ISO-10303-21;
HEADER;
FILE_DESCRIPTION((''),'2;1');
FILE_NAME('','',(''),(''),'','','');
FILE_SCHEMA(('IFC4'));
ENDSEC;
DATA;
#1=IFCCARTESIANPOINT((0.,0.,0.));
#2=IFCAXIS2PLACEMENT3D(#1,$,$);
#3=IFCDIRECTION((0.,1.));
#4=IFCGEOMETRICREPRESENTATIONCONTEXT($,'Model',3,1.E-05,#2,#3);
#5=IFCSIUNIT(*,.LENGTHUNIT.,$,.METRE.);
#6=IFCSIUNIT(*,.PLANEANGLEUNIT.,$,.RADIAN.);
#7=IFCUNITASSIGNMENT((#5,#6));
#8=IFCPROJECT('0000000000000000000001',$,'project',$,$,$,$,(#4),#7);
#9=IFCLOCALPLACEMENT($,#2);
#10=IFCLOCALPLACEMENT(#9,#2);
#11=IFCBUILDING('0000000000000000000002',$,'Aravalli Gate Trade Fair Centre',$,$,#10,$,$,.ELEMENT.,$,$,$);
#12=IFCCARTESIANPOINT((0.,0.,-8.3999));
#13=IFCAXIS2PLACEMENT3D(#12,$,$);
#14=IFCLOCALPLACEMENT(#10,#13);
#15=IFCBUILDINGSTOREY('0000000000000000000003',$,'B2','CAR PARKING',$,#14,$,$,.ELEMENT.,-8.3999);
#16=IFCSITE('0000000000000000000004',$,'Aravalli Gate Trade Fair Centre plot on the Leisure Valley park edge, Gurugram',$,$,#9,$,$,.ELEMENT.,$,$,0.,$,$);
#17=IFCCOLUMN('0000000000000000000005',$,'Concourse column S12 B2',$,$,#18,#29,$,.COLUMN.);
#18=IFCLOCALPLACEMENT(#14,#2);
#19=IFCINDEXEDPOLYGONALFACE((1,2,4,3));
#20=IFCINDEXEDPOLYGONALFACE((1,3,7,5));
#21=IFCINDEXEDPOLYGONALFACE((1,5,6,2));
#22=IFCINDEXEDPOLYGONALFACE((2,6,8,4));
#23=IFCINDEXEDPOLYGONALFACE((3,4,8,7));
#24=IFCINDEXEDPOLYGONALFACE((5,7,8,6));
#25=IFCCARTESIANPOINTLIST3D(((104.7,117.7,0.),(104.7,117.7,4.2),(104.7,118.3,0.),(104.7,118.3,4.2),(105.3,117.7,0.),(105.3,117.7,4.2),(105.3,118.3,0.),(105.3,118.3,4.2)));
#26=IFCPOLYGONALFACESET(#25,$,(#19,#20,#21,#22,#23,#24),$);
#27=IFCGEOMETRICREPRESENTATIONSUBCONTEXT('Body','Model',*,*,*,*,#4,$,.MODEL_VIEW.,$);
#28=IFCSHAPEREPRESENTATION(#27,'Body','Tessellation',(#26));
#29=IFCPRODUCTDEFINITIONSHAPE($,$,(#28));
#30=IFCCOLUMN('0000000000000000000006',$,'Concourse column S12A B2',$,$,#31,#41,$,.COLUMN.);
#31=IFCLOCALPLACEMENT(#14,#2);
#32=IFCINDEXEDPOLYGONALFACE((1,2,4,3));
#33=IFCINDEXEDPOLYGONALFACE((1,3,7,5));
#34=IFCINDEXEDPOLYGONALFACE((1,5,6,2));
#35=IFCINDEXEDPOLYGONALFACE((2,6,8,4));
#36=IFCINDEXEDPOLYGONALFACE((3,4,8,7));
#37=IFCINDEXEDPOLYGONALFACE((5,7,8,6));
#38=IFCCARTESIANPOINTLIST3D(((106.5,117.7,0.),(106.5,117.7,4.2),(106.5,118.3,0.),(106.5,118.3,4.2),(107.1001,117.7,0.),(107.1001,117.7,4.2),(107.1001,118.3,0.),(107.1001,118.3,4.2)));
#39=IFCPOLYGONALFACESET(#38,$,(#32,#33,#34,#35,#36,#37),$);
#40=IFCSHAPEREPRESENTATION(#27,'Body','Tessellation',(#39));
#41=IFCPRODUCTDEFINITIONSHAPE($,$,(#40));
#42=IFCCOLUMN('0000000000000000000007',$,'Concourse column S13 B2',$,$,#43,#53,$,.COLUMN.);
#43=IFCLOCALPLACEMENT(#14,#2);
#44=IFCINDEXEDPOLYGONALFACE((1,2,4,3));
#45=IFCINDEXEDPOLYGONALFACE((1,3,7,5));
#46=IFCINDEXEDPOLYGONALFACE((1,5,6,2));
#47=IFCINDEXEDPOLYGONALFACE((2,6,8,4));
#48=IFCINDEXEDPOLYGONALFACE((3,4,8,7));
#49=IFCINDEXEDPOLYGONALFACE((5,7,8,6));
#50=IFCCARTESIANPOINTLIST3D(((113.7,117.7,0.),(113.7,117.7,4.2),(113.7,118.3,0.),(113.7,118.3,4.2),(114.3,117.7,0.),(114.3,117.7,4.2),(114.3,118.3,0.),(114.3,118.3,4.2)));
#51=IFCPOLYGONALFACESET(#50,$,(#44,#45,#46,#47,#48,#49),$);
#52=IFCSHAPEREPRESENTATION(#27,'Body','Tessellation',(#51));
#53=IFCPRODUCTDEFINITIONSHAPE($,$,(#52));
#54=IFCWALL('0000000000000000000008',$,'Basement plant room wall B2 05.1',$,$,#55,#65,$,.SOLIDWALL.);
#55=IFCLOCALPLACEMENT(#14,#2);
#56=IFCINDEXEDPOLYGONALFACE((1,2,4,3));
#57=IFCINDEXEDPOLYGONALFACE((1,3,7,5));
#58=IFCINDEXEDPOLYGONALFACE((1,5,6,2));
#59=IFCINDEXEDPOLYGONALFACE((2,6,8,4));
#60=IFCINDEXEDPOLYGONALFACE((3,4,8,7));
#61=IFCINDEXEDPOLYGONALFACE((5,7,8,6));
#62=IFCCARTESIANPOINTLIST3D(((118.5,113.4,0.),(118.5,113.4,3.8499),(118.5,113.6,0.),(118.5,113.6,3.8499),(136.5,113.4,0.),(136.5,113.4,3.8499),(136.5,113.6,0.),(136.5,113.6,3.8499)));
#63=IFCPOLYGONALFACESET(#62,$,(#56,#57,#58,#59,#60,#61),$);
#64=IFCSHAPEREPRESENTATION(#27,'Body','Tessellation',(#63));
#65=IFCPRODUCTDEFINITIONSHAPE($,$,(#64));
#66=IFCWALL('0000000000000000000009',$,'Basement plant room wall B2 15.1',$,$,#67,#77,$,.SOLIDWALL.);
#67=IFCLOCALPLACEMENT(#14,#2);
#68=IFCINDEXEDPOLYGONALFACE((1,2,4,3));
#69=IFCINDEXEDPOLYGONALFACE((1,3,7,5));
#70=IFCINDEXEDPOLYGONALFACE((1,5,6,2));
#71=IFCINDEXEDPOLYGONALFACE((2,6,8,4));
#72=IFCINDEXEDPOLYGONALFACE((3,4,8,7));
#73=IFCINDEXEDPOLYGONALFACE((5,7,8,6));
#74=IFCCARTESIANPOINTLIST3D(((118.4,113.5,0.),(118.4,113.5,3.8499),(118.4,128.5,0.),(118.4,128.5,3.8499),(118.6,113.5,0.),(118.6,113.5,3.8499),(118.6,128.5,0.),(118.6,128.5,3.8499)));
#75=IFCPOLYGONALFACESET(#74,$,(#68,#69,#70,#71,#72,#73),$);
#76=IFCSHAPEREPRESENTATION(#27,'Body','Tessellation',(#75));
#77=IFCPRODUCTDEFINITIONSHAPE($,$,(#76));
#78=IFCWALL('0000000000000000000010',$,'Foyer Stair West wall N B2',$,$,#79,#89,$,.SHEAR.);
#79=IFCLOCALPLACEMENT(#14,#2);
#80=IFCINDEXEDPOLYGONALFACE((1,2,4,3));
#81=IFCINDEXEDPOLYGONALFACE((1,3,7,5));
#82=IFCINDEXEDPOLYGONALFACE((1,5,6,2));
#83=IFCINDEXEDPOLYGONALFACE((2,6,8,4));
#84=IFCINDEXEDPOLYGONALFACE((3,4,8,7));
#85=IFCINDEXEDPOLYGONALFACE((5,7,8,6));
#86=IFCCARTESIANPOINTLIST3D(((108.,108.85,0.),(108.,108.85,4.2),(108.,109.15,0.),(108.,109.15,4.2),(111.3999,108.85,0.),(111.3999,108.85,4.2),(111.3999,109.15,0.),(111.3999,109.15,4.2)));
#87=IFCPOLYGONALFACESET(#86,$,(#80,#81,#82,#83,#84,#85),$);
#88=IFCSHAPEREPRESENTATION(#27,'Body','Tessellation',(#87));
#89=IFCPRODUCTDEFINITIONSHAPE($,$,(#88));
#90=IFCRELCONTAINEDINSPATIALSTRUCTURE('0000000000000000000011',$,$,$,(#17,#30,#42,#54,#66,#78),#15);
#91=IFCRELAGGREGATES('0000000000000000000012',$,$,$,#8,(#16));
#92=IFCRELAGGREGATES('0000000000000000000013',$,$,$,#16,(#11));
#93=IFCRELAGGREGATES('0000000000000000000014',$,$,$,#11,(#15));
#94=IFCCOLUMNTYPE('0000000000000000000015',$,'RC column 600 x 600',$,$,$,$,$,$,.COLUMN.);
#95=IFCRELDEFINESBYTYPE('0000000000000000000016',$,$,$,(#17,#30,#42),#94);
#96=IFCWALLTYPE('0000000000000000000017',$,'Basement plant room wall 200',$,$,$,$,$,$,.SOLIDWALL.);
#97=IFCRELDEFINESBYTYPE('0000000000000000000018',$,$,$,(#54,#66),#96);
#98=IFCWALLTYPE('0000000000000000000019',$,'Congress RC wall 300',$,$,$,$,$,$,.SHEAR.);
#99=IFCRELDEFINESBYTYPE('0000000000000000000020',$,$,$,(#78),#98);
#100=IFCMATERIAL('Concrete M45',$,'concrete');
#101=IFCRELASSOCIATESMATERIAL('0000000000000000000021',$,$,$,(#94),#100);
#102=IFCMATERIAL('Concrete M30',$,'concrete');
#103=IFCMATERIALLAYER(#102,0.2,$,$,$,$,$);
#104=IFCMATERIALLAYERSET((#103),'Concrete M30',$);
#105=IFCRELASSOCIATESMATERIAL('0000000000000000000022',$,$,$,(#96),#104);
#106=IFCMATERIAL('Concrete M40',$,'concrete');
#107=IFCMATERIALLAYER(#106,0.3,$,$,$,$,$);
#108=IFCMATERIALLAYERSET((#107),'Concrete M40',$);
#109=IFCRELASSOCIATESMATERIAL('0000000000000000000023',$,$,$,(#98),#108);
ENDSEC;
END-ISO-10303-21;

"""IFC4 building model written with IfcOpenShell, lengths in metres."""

from ifc_helpers import new_model, si_unit, direction, frame, frame_2d, origin, origin_2d, place, context, subcontext, project, spatial, rectangle, extrude, material, layer, layer_set, material_profile, profile_set, type_object, element, save


model = new_model("IFC4")

# Units and contexts
model_context = context("Model", 3, precision=1e-05, world=origin(), true_north=direction((0.0, 1.0)))
body_context = subcontext(model_context, "Body", "Model", "MODEL_VIEW")
ifc_project = project(units=[si_unit("LENGTHUNIT", "METRE"), si_unit("PLANEANGLEUNIT", "RADIAN")], contexts=[model_context])

# Site, building, storey
site_placement = place(None, origin())
site = spatial("IfcSite", under=ifc_project, at=site_placement, Name="Aravalli Gate Trade Fair Centre plot on the Leisure Valley park edge, Gurugram", CompositionType="ELEMENT", RefElevation=0.0)
building_placement = place(site_placement, origin())
building = spatial("IfcBuilding", under=site, at=building_placement, Name="Aravalli Gate Trade Fair Centre", CompositionType="ELEMENT")
storey_placement = place(building_placement, frame((0.0, 0.0, -8.3999)))
storey = spatial("IfcBuildingStorey", under=building, at=storey_placement, Name="B2", Description="CAR PARKING", CompositionType="ELEMENT", Elevation=-8.3999)

# Columns
ifc_material_1 = material(Name="Concrete M45", Category="concrete")
ifc_material_profile_1 = material_profile(ifc_material_1, rectangle(XDim=0.6001, YDim=0.6001, at=origin_2d()), Name="RC column 600 x 600")
ifc_profile_set_1 = profile_set([ifc_material_profile_1], Name="Concrete M45")
column_type_1 = type_object("IfcColumnType", Name="RC column 600 x 600", PredefinedType="COLUMN", material=ifc_profile_set_1)
for number, where, z_axis, x_axis, name in (
    (1, (105.0, 118.0, 0.0), (0.0, 0.0, 1.0), (1.0, 0.0, 0.0), "Concourse column S12 B2"),
    (2, (106.8, 118.0, 0.0), (0.0, 0.0, 1.0), (1.0, 0.0, 0.0), "Concourse column S12A B2"),
    (3, (114.0, 118.0, 0.0), (0.0, 0.0, 1.0), (1.0, 0.0, 0.0), "Concourse column S13 B2"),
):
    element("IfcColumn", number, at=place(storey_placement, frame(where, z_axis=z_axis, x_axis=x_axis)), inside=storey, type_object=column_type_1, Name=name, PredefinedType="COLUMN", context=body_context, shape_type="SweptSolid", body=[
        extrude(rectangle(XDim=0.6001, YDim=0.6001, at=origin_2d()), origin(), (0.0, 0.0, 1.0), 4.2),
    ])

# Walls
ifc_material_2 = material(Name="Concrete M30", Category="concrete")
ifc_layer_1 = layer(ifc_material_2, 0.2)
ifc_layer_set_1 = layer_set([ifc_layer_1], Name="Concrete M30")
wall_type_1 = type_object("IfcWallType", Name="Basement plant room wall 200", PredefinedType="SOLIDWALL", material=ifc_layer_set_1)
wall_1_placement = place(storey_placement, frame((118.5, 113.5, 0.0), z_axis=(0.0, 0.0, 1.0), x_axis=(1.0, 0.0, 0.0)))
element("IfcWall", 4, at=wall_1_placement, inside=storey, type_object=wall_type_1, Name="Basement plant room wall B2 05.1", PredefinedType="SOLIDWALL", context=body_context, shape_type="SweptSolid", body=[
    extrude(rectangle(XDim=18.0, YDim=0.2, at=frame_2d((9.0, 0.0))), origin(), (0.0, 0.0, 1.0), 3.8499),
])
wall_2_placement = place(storey_placement, frame((118.5, 113.5, 0.0), z_axis=(0.0, 0.0, 1.0), x_axis=(0.0, 1.0, 0.0)))
element("IfcWall", 5, at=wall_2_placement, inside=storey, type_object=wall_type_1, Name="Basement plant room wall B2 15.1", PredefinedType="SOLIDWALL", context=body_context, shape_type="SweptSolid", body=[
    extrude(rectangle(XDim=15.0, YDim=0.2, at=frame_2d((7.5, 0.0))), origin(), (0.0, 0.0, 1.0), 3.8499),
])
ifc_material_3 = material(Name="Concrete M40", Category="concrete")
ifc_layer_2 = layer(ifc_material_3, 0.3)
ifc_layer_set_2 = layer_set([ifc_layer_2], Name="Concrete M40")
wall_type_2 = type_object("IfcWallType", Name="Congress RC wall 300", PredefinedType="SHEAR", material=ifc_layer_set_2)
wall_3_placement = place(storey_placement, frame((108.0, 109.0, 0.0), z_axis=(0.0, 0.0, 1.0), x_axis=(1.0, 0.0, 0.0)))
element("IfcWall", 6, at=wall_3_placement, inside=storey, type_object=wall_type_2, Name="Foyer Stair West wall N B2", PredefinedType="SHEAR", context=body_context, shape_type="SweptSolid", body=[
    extrude(rectangle(XDim=3.3999, YDim=0.3, at=frame_2d((1.7, 0.0))), origin(), (0.0, 0.0, 1.0), 4.2),
])

save(model, "model.ifc")
